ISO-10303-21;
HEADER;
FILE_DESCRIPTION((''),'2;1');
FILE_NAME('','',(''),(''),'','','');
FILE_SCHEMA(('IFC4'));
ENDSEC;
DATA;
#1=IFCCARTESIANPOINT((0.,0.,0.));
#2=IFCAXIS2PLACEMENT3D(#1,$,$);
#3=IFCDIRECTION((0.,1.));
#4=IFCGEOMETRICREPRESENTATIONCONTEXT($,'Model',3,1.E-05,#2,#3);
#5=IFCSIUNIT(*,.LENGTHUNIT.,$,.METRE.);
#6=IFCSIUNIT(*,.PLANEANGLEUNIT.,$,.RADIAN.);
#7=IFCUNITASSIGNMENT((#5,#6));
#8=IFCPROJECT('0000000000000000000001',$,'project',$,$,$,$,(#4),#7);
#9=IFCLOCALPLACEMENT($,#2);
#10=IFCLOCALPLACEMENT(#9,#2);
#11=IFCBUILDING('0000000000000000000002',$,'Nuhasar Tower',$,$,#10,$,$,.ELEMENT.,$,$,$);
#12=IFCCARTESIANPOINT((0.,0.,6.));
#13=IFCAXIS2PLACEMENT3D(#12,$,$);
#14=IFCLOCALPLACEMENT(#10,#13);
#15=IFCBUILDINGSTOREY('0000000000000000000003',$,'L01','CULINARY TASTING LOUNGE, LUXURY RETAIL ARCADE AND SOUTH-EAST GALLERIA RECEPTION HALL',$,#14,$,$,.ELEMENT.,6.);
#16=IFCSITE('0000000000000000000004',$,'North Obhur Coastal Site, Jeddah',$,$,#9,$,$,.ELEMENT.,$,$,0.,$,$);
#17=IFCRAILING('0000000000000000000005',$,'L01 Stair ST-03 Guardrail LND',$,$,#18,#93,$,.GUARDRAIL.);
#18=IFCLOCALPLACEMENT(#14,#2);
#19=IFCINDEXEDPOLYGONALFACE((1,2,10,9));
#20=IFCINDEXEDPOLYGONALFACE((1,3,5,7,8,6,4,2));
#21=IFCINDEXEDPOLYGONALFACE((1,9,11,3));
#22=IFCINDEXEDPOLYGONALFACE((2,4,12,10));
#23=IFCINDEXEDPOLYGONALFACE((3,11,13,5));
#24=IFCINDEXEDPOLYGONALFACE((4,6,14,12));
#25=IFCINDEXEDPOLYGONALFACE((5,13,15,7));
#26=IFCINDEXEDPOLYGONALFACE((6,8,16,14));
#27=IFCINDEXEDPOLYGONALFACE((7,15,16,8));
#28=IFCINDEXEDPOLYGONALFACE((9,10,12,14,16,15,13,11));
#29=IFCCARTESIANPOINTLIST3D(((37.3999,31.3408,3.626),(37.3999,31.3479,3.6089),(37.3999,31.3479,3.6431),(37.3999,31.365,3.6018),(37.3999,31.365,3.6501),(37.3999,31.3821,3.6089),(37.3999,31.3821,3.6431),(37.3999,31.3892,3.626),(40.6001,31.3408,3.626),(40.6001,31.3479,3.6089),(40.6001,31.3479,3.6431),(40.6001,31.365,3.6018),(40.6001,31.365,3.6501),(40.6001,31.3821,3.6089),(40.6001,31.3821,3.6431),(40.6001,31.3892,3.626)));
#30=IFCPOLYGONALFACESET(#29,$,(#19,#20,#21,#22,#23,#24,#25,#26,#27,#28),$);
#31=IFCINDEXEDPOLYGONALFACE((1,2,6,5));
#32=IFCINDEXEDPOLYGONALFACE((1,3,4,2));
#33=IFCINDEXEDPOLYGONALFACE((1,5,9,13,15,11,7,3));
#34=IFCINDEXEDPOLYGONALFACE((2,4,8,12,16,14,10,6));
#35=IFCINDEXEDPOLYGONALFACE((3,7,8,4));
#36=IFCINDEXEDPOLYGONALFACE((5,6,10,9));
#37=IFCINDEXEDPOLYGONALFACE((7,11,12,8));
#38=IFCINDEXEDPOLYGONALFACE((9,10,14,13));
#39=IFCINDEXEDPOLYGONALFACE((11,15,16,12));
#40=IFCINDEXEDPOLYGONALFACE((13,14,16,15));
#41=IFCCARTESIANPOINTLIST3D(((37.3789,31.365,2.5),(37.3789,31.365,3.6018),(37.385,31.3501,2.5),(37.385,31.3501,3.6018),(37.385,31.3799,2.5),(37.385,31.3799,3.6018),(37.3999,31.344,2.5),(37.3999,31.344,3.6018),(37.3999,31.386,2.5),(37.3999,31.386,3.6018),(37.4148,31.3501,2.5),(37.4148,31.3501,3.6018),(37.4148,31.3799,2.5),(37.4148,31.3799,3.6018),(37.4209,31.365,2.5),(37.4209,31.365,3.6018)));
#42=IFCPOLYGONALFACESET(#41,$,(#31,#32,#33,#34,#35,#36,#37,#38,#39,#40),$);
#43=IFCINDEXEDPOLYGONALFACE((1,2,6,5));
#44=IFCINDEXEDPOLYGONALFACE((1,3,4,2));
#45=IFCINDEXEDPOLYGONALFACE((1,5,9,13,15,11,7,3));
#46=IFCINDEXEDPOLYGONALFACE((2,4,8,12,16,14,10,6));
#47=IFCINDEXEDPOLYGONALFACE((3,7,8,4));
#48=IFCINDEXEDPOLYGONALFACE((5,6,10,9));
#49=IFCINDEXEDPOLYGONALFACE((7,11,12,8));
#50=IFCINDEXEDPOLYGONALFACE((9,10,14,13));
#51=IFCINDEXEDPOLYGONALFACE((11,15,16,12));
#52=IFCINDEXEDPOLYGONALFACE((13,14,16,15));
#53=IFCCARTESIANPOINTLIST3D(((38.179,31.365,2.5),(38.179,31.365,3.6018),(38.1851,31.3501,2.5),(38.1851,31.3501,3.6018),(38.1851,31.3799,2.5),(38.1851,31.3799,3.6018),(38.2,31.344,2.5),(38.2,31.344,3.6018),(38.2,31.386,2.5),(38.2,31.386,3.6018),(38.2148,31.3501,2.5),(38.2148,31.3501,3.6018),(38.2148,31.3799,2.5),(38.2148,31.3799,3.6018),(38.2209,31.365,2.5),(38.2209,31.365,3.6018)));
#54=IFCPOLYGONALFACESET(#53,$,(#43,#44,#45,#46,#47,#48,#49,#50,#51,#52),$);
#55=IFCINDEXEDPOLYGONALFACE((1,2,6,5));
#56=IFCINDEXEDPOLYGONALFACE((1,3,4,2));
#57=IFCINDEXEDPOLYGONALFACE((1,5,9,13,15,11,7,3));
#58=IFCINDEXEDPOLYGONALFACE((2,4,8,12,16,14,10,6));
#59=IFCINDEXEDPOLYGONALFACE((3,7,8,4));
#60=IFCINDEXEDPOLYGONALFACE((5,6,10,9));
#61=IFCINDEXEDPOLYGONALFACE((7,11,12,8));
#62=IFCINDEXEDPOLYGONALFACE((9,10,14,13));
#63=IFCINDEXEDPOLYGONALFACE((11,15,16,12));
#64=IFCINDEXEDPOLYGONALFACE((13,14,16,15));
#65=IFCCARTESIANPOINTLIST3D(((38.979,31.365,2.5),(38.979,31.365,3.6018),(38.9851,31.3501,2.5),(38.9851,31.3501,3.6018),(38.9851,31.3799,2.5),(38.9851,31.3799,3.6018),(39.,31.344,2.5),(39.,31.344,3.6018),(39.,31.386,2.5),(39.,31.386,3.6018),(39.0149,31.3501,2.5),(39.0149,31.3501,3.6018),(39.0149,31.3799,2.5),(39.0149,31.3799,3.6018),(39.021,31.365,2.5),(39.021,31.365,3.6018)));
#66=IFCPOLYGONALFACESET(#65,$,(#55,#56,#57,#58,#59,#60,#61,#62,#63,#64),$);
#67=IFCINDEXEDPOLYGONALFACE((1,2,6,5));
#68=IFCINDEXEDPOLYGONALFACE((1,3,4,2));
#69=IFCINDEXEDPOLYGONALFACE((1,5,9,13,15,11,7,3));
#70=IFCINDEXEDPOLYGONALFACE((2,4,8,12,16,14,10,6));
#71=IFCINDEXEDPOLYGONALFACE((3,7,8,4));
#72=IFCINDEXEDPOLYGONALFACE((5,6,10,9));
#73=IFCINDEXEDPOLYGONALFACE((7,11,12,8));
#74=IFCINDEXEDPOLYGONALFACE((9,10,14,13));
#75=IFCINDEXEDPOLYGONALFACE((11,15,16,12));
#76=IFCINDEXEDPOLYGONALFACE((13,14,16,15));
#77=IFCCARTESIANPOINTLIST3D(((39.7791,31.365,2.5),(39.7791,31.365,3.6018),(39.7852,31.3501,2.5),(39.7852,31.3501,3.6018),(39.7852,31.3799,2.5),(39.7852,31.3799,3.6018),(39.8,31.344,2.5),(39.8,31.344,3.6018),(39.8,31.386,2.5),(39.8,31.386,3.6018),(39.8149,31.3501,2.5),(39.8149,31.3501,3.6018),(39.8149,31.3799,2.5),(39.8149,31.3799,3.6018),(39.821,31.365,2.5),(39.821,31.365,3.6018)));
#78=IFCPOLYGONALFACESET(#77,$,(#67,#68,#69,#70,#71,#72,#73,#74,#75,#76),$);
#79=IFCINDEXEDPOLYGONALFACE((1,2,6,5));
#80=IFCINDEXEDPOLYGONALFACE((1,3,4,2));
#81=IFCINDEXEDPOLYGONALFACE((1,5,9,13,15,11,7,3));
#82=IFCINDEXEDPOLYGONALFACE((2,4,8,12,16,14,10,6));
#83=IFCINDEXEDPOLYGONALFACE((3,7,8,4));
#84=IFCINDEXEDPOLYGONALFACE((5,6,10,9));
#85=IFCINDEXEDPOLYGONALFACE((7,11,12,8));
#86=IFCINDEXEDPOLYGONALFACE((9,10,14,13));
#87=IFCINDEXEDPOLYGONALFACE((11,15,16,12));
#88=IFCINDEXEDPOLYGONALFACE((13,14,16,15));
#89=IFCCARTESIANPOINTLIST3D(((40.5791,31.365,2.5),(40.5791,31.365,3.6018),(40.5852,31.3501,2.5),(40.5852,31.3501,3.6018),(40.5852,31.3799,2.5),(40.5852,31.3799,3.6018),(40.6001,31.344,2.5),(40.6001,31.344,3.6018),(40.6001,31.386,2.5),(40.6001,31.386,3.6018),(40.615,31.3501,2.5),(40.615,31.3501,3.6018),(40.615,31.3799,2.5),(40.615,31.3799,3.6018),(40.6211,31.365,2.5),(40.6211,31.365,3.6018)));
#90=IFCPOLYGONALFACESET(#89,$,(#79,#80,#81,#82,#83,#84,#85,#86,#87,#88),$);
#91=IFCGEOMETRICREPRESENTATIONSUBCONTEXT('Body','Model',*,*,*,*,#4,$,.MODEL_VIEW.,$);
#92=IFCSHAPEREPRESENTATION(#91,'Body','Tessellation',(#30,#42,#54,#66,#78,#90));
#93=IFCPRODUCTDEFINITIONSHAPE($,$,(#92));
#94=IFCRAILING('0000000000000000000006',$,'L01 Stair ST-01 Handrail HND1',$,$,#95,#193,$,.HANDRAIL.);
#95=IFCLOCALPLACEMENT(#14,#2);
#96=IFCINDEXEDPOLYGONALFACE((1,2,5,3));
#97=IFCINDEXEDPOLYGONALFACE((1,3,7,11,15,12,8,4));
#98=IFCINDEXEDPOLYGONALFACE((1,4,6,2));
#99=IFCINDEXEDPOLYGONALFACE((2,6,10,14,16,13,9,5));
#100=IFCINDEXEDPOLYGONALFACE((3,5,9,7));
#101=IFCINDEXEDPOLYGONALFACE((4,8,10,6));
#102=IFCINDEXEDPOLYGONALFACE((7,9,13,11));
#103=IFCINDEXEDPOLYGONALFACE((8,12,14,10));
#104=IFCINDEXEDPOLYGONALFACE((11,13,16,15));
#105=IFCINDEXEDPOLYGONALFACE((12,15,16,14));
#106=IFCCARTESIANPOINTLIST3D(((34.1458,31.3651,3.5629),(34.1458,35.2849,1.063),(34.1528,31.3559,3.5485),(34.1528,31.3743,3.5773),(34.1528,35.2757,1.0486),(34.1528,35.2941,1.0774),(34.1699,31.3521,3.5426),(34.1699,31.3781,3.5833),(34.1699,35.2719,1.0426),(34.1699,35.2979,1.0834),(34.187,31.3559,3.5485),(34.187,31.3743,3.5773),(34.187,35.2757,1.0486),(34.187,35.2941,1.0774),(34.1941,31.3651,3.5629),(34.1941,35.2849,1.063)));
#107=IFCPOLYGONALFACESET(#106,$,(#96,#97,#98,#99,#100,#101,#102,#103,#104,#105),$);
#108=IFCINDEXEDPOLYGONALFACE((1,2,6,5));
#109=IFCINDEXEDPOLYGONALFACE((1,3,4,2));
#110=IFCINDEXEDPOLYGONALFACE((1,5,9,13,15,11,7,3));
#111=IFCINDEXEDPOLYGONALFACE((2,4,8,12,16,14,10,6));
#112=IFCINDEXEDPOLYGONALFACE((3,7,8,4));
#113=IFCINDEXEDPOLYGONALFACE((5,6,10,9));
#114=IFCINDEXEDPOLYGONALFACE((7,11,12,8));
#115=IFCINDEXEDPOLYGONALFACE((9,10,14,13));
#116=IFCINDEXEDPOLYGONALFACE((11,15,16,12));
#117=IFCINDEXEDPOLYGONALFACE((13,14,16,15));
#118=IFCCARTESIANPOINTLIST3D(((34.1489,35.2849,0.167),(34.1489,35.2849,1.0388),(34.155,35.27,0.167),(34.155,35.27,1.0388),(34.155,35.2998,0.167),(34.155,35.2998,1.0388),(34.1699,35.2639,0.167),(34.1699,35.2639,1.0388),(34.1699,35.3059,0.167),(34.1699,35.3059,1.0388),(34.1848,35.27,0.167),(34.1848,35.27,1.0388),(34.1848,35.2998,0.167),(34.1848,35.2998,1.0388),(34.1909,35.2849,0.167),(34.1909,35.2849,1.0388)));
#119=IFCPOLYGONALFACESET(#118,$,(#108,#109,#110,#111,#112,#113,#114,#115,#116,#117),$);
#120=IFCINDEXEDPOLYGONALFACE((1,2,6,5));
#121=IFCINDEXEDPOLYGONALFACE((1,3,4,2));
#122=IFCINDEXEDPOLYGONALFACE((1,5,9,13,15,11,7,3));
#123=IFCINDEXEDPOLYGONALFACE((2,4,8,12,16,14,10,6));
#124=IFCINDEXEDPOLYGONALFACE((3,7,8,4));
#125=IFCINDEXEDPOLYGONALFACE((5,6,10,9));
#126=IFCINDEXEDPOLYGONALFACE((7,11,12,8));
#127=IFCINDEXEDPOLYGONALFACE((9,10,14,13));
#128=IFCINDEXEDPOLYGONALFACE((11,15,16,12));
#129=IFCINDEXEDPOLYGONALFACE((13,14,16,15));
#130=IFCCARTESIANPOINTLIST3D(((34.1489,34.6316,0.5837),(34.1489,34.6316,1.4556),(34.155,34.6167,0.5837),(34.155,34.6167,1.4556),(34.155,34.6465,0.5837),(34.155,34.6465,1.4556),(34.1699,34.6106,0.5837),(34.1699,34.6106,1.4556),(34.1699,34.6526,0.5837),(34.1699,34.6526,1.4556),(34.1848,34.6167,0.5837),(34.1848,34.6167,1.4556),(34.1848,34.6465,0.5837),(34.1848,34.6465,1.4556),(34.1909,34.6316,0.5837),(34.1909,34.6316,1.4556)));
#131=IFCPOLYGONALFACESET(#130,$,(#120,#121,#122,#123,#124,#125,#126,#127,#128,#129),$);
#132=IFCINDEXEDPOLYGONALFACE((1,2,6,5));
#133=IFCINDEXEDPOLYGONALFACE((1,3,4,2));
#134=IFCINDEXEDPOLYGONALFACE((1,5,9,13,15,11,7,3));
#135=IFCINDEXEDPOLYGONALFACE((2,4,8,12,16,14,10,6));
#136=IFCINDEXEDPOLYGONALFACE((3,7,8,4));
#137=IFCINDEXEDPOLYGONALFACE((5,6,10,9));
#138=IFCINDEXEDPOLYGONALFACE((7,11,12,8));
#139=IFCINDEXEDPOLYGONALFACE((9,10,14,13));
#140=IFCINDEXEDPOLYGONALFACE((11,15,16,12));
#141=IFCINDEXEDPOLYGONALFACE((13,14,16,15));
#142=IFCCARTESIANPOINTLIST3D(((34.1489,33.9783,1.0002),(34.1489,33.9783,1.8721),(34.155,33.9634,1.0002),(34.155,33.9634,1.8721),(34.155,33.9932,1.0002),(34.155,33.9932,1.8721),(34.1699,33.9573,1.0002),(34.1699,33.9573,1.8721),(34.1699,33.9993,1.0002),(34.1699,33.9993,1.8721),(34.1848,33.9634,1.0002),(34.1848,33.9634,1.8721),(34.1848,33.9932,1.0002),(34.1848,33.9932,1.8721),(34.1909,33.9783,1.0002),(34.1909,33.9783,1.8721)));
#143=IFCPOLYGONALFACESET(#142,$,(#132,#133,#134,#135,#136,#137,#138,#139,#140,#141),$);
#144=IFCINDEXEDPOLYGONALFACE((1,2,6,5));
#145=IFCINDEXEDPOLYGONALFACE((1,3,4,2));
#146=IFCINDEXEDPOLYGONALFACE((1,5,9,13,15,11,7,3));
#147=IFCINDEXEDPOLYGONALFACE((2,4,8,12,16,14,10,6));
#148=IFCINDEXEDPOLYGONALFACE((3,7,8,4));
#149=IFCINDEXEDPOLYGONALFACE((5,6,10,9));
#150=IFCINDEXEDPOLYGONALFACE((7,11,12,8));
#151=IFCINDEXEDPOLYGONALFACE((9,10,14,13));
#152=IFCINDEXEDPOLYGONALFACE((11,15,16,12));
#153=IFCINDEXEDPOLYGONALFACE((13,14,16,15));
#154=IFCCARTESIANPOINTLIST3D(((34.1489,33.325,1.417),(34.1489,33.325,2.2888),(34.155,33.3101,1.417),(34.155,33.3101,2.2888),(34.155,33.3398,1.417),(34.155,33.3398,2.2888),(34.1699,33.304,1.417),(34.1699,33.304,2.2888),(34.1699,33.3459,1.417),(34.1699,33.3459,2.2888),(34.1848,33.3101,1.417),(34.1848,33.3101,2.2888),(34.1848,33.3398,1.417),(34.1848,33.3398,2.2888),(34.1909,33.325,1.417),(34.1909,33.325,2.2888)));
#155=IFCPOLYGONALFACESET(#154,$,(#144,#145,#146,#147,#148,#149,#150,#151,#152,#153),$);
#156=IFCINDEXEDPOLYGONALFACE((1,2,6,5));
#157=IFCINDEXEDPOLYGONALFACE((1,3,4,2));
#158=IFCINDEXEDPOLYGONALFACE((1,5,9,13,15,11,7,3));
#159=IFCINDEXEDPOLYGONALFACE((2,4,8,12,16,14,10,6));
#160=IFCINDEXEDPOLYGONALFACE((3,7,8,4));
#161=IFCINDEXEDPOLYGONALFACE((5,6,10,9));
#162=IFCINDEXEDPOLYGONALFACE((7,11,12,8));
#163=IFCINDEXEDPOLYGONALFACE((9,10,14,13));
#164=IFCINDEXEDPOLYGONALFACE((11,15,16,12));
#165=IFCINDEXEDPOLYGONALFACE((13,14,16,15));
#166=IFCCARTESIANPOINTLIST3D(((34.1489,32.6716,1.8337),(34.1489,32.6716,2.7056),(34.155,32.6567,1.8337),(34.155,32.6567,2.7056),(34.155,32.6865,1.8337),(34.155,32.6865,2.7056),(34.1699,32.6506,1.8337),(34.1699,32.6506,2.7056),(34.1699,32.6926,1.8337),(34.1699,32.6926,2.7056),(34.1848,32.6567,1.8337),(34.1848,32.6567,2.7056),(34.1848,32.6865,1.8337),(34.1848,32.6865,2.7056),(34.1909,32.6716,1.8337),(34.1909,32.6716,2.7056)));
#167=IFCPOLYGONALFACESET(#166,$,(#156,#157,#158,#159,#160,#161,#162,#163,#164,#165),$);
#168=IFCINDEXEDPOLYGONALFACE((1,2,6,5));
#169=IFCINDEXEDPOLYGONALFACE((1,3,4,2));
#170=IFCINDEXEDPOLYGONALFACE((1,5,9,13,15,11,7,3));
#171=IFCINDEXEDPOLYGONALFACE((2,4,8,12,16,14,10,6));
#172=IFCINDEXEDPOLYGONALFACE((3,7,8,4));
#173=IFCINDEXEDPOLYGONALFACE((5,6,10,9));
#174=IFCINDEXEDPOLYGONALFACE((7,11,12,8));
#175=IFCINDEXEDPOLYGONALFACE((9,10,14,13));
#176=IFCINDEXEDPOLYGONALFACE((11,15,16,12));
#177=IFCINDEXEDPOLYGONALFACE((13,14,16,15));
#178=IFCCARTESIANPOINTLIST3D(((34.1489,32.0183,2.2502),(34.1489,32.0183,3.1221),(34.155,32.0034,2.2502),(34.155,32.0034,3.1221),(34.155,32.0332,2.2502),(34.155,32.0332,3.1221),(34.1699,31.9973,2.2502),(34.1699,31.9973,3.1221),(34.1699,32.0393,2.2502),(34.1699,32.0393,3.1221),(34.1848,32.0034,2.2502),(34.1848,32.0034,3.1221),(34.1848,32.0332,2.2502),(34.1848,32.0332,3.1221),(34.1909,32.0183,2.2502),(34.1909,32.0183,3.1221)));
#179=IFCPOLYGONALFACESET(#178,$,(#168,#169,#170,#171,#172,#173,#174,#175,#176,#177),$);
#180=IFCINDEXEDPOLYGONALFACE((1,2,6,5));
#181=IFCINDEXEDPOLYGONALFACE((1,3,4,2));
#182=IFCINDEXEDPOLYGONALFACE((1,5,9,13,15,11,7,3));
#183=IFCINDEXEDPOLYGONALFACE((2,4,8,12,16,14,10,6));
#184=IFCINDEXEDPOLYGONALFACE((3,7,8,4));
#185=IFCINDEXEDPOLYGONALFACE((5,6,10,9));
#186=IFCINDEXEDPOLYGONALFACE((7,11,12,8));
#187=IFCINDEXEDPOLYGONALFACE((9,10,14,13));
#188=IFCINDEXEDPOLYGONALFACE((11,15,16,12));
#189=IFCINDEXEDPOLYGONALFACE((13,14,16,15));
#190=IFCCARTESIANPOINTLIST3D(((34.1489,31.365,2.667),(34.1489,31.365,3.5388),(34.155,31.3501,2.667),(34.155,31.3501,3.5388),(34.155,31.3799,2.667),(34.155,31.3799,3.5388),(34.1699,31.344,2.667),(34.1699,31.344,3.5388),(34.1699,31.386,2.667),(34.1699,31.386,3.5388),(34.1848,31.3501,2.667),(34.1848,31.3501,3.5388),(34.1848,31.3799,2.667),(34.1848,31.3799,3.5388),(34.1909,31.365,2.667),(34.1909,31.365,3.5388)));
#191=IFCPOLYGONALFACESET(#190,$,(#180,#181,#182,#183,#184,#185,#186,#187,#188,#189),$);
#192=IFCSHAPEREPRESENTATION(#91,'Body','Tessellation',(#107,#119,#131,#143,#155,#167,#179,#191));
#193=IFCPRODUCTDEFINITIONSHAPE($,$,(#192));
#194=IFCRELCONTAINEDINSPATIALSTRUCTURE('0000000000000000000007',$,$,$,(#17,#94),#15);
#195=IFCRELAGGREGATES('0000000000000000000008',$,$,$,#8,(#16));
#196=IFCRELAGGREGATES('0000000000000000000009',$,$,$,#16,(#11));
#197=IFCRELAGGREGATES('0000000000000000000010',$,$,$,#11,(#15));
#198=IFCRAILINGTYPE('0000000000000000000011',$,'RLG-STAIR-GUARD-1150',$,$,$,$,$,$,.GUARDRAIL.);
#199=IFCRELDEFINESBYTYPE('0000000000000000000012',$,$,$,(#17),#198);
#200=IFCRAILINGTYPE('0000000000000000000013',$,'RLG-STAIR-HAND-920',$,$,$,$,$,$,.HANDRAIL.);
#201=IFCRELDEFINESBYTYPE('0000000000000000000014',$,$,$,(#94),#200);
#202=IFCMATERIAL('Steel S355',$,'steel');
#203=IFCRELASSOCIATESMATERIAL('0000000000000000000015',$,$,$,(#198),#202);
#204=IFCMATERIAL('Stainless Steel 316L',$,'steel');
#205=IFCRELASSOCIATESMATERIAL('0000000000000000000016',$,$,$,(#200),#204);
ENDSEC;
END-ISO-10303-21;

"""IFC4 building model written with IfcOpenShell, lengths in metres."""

from ifc_helpers import new_model, si_unit, direction, frame, origin, place, context, subcontext, project, spatial, polyline, outline, extrude, material, type_object, element, save


model = new_model("IFC4")

# Units and contexts
model_context = context("Model", 3, precision=1e-05, world=origin(), true_north=direction((0.0, 1.0)))
body_context = subcontext(model_context, "Body", "Model", "MODEL_VIEW")
ifc_project = project(units=[si_unit("LENGTHUNIT", "METRE"), si_unit("PLANEANGLEUNIT", "RADIAN")], contexts=[model_context])

# Site, building, storey
site_placement = place(None, origin())
site = spatial("IfcSite", under=ifc_project, at=site_placement, Name="North Obhur Coastal Site, Jeddah", CompositionType="ELEMENT", RefElevation=0.0)
building_placement = place(site_placement, origin())
building = spatial("IfcBuilding", under=site, at=building_placement, Name="Nuhasar Tower", CompositionType="ELEMENT")
storey_placement = place(building_placement, frame((0.0, 0.0, 6.0)))
storey = spatial("IfcBuildingStorey", under=building, at=storey_placement, Name="L01", Description="CULINARY TASTING LOUNGE, LUXURY RETAIL ARCADE AND SOUTH-EAST GALLERIA RECEPTION HALL", CompositionType="ELEMENT", Elevation=6.0)

# Shared definitions
ifc_material_1 = material(Name="Steel S355", Category="steel")

# Railings
railing_type_1 = type_object("IfcRailingType", Name="RLG-STAIR-GUARD-1150", PredefinedType="GUARDRAIL", material=ifc_material_1)
railing_1_placement = place(storey_placement, frame((37.3999, 31.365, 2.5)))
element("IfcRailing", 1, at=railing_1_placement, inside=storey, type_object=railing_type_1, Name="L01 Stair ST-03 Guardrail LND", PredefinedType="GUARDRAIL", context=body_context, shape_type="SweptSolid", body=[
    extrude(outline(polyline([(0.0242, 0.0), (0.0171, 0.0171), (0.0, 0.0242), (-0.0171, 0.0171), (-0.0242, 0.0), (-0.0171, -0.0171), (0.0, -0.0242), (0.0171, -0.0171), (0.0242, 0.0)])), frame((0.0, 0.0, 1.126), z_axis=(1.0, 0.0, 0.0), x_axis=(0.0, 1.0, 0.0)), (0.0, 0.0, 1.0), 3.2002),
    extrude(outline(polyline([(0.021, 0.0), (0.0149, 0.0149), (0.0, 0.021), (-0.0149, 0.0149), (-0.021, 0.0), (-0.0149, -0.0149), (0.0, -0.021), (0.0149, -0.0149), (0.021, 0.0)])), origin(), (0.0, 0.0, 1.0), 1.1018),
    extrude(outline(polyline([(0.021, 0.0), (0.0149, 0.0149), (0.0, 0.021), (-0.0149, 0.0149), (-0.021, 0.0), (-0.0149, -0.0149), (0.0, -0.021), (0.0149, -0.0149), (0.021, 0.0)])), frame((0.8, 0.0, 0.0)), (0.0, 0.0, 1.0), 1.1018),
    extrude(outline(polyline([(0.021, 0.0), (0.0149, 0.0149), (0.0, 0.021), (-0.0149, 0.0149), (-0.021, 0.0), (-0.0149, -0.0149), (0.0, -0.021), (0.0149, -0.0149), (0.021, 0.0)])), frame((1.6001, 0.0, 0.0)), (0.0, 0.0, 1.0), 1.1018),
    extrude(outline(polyline([(0.021, 0.0), (0.0149, 0.0149), (0.0, 0.021), (-0.0149, 0.0149), (-0.021, 0.0), (-0.0149, -0.0149), (0.0, -0.021), (0.0149, -0.0149), (0.021, 0.0)])), frame((2.4001, 0.0, 0.0)), (0.0, 0.0, 1.0), 1.1018),
    extrude(outline(polyline([(0.021, 0.0), (0.0149, 0.0149), (0.0, 0.021), (-0.0149, 0.0149), (-0.021, 0.0), (-0.0149, -0.0149), (0.0, -0.021), (0.0149, -0.0149), (0.021, 0.0)])), frame((3.2002, 0.0, 0.0)), (0.0, 0.0, 1.0), 1.1018),
])
ifc_material_2 = material(Name="Stainless Steel 316L", Category="steel")
railing_type_2 = type_object("IfcRailingType", Name="RLG-STAIR-HAND-920", PredefinedType="HANDRAIL", material=ifc_material_2)
railing_2_placement = place(storey_placement, frame((34.1699, 35.2849, 0.167)))
element("IfcRailing", 2, at=railing_2_placement, inside=storey, type_object=railing_type_2, Name="L01 Stair ST-01 Handrail HND1", PredefinedType="HANDRAIL", context=body_context, shape_type="SweptSolid", body=[
    extrude(outline(polyline([(0.0242, 0.0), (0.0171, 0.0171), (0.0, 0.0242), (-0.0171, 0.0171), (-0.0242, 0.0), (-0.0171, -0.0171), (0.0, -0.0242), (0.0171, -0.0171), (0.0242, 0.0)])), frame((0.0, 0.0, 0.896), z_axis=(0.0, -0.843125, 0.537718), x_axis=(1.0, 0.0, 0.0)), (0.0, 0.0, 1.0), 4.6492),
    extrude(outline(polyline([(0.021, 0.0), (0.0149, 0.0149), (0.0, 0.021), (-0.0149, 0.0149), (-0.021, 0.0), (-0.0149, -0.0149), (0.0, -0.021), (0.0149, -0.0149), (0.021, 0.0)])), origin(), (0.0, 0.0, 1.0), 0.8718),
    extrude(outline(polyline([(0.021, 0.0), (0.0149, 0.0149), (0.0, 0.021), (-0.0149, 0.0149), (-0.021, 0.0), (-0.0149, -0.0149), (0.0, -0.021), (0.0149, -0.0149), (0.021, 0.0)])), frame((0.0, -0.6533, 0.4167)), (0.0, 0.0, 1.0), 0.8718),
    extrude(outline(polyline([(0.021, 0.0), (0.0149, 0.0149), (0.0, 0.021), (-0.0149, 0.0149), (-0.021, 0.0), (-0.0149, -0.0149), (0.0, -0.021), (0.0149, -0.0149), (0.021, 0.0)])), frame((0.0, -1.3066, 0.8333)), (0.0, 0.0, 1.0), 0.8718),
    extrude(outline(polyline([(0.021, 0.0), (0.0149, 0.0149), (0.0, 0.021), (-0.0149, 0.0149), (-0.021, 0.0), (-0.0149, -0.0149), (0.0, -0.021), (0.0149, -0.0149), (0.021, 0.0)])), frame((0.0, -1.96, 1.25)), (0.0, 0.0, 1.0), 0.8718),
    extrude(outline(polyline([(0.021, 0.0), (0.0149, 0.0149), (0.0, 0.021), (-0.0149, 0.0149), (-0.021, 0.0), (-0.0149, -0.0149), (0.0, -0.021), (0.0149, -0.0149), (0.021, 0.0)])), frame((0.0, -2.6133, 1.6667)), (0.0, 0.0, 1.0), 0.8718),
    extrude(outline(polyline([(0.021, 0.0), (0.0149, 0.0149), (0.0, 0.021), (-0.0149, 0.0149), (-0.021, 0.0), (-0.0149, -0.0149), (0.0, -0.021), (0.0149, -0.0149), (0.021, 0.0)])), frame((0.0, -3.2666, 2.0833)), (0.0, 0.0, 1.0), 0.8718),
    extrude(outline(polyline([(0.021, 0.0), (0.0149, 0.0149), (0.0, 0.021), (-0.0149, 0.0149), (-0.021, 0.0), (-0.0149, -0.0149), (0.0, -0.021), (0.0149, -0.0149), (0.021, 0.0)])), frame((0.0, -3.9199, 2.5)), (0.0, 0.0, 1.0), 0.8718),
])

save(model, "model.ifc")
